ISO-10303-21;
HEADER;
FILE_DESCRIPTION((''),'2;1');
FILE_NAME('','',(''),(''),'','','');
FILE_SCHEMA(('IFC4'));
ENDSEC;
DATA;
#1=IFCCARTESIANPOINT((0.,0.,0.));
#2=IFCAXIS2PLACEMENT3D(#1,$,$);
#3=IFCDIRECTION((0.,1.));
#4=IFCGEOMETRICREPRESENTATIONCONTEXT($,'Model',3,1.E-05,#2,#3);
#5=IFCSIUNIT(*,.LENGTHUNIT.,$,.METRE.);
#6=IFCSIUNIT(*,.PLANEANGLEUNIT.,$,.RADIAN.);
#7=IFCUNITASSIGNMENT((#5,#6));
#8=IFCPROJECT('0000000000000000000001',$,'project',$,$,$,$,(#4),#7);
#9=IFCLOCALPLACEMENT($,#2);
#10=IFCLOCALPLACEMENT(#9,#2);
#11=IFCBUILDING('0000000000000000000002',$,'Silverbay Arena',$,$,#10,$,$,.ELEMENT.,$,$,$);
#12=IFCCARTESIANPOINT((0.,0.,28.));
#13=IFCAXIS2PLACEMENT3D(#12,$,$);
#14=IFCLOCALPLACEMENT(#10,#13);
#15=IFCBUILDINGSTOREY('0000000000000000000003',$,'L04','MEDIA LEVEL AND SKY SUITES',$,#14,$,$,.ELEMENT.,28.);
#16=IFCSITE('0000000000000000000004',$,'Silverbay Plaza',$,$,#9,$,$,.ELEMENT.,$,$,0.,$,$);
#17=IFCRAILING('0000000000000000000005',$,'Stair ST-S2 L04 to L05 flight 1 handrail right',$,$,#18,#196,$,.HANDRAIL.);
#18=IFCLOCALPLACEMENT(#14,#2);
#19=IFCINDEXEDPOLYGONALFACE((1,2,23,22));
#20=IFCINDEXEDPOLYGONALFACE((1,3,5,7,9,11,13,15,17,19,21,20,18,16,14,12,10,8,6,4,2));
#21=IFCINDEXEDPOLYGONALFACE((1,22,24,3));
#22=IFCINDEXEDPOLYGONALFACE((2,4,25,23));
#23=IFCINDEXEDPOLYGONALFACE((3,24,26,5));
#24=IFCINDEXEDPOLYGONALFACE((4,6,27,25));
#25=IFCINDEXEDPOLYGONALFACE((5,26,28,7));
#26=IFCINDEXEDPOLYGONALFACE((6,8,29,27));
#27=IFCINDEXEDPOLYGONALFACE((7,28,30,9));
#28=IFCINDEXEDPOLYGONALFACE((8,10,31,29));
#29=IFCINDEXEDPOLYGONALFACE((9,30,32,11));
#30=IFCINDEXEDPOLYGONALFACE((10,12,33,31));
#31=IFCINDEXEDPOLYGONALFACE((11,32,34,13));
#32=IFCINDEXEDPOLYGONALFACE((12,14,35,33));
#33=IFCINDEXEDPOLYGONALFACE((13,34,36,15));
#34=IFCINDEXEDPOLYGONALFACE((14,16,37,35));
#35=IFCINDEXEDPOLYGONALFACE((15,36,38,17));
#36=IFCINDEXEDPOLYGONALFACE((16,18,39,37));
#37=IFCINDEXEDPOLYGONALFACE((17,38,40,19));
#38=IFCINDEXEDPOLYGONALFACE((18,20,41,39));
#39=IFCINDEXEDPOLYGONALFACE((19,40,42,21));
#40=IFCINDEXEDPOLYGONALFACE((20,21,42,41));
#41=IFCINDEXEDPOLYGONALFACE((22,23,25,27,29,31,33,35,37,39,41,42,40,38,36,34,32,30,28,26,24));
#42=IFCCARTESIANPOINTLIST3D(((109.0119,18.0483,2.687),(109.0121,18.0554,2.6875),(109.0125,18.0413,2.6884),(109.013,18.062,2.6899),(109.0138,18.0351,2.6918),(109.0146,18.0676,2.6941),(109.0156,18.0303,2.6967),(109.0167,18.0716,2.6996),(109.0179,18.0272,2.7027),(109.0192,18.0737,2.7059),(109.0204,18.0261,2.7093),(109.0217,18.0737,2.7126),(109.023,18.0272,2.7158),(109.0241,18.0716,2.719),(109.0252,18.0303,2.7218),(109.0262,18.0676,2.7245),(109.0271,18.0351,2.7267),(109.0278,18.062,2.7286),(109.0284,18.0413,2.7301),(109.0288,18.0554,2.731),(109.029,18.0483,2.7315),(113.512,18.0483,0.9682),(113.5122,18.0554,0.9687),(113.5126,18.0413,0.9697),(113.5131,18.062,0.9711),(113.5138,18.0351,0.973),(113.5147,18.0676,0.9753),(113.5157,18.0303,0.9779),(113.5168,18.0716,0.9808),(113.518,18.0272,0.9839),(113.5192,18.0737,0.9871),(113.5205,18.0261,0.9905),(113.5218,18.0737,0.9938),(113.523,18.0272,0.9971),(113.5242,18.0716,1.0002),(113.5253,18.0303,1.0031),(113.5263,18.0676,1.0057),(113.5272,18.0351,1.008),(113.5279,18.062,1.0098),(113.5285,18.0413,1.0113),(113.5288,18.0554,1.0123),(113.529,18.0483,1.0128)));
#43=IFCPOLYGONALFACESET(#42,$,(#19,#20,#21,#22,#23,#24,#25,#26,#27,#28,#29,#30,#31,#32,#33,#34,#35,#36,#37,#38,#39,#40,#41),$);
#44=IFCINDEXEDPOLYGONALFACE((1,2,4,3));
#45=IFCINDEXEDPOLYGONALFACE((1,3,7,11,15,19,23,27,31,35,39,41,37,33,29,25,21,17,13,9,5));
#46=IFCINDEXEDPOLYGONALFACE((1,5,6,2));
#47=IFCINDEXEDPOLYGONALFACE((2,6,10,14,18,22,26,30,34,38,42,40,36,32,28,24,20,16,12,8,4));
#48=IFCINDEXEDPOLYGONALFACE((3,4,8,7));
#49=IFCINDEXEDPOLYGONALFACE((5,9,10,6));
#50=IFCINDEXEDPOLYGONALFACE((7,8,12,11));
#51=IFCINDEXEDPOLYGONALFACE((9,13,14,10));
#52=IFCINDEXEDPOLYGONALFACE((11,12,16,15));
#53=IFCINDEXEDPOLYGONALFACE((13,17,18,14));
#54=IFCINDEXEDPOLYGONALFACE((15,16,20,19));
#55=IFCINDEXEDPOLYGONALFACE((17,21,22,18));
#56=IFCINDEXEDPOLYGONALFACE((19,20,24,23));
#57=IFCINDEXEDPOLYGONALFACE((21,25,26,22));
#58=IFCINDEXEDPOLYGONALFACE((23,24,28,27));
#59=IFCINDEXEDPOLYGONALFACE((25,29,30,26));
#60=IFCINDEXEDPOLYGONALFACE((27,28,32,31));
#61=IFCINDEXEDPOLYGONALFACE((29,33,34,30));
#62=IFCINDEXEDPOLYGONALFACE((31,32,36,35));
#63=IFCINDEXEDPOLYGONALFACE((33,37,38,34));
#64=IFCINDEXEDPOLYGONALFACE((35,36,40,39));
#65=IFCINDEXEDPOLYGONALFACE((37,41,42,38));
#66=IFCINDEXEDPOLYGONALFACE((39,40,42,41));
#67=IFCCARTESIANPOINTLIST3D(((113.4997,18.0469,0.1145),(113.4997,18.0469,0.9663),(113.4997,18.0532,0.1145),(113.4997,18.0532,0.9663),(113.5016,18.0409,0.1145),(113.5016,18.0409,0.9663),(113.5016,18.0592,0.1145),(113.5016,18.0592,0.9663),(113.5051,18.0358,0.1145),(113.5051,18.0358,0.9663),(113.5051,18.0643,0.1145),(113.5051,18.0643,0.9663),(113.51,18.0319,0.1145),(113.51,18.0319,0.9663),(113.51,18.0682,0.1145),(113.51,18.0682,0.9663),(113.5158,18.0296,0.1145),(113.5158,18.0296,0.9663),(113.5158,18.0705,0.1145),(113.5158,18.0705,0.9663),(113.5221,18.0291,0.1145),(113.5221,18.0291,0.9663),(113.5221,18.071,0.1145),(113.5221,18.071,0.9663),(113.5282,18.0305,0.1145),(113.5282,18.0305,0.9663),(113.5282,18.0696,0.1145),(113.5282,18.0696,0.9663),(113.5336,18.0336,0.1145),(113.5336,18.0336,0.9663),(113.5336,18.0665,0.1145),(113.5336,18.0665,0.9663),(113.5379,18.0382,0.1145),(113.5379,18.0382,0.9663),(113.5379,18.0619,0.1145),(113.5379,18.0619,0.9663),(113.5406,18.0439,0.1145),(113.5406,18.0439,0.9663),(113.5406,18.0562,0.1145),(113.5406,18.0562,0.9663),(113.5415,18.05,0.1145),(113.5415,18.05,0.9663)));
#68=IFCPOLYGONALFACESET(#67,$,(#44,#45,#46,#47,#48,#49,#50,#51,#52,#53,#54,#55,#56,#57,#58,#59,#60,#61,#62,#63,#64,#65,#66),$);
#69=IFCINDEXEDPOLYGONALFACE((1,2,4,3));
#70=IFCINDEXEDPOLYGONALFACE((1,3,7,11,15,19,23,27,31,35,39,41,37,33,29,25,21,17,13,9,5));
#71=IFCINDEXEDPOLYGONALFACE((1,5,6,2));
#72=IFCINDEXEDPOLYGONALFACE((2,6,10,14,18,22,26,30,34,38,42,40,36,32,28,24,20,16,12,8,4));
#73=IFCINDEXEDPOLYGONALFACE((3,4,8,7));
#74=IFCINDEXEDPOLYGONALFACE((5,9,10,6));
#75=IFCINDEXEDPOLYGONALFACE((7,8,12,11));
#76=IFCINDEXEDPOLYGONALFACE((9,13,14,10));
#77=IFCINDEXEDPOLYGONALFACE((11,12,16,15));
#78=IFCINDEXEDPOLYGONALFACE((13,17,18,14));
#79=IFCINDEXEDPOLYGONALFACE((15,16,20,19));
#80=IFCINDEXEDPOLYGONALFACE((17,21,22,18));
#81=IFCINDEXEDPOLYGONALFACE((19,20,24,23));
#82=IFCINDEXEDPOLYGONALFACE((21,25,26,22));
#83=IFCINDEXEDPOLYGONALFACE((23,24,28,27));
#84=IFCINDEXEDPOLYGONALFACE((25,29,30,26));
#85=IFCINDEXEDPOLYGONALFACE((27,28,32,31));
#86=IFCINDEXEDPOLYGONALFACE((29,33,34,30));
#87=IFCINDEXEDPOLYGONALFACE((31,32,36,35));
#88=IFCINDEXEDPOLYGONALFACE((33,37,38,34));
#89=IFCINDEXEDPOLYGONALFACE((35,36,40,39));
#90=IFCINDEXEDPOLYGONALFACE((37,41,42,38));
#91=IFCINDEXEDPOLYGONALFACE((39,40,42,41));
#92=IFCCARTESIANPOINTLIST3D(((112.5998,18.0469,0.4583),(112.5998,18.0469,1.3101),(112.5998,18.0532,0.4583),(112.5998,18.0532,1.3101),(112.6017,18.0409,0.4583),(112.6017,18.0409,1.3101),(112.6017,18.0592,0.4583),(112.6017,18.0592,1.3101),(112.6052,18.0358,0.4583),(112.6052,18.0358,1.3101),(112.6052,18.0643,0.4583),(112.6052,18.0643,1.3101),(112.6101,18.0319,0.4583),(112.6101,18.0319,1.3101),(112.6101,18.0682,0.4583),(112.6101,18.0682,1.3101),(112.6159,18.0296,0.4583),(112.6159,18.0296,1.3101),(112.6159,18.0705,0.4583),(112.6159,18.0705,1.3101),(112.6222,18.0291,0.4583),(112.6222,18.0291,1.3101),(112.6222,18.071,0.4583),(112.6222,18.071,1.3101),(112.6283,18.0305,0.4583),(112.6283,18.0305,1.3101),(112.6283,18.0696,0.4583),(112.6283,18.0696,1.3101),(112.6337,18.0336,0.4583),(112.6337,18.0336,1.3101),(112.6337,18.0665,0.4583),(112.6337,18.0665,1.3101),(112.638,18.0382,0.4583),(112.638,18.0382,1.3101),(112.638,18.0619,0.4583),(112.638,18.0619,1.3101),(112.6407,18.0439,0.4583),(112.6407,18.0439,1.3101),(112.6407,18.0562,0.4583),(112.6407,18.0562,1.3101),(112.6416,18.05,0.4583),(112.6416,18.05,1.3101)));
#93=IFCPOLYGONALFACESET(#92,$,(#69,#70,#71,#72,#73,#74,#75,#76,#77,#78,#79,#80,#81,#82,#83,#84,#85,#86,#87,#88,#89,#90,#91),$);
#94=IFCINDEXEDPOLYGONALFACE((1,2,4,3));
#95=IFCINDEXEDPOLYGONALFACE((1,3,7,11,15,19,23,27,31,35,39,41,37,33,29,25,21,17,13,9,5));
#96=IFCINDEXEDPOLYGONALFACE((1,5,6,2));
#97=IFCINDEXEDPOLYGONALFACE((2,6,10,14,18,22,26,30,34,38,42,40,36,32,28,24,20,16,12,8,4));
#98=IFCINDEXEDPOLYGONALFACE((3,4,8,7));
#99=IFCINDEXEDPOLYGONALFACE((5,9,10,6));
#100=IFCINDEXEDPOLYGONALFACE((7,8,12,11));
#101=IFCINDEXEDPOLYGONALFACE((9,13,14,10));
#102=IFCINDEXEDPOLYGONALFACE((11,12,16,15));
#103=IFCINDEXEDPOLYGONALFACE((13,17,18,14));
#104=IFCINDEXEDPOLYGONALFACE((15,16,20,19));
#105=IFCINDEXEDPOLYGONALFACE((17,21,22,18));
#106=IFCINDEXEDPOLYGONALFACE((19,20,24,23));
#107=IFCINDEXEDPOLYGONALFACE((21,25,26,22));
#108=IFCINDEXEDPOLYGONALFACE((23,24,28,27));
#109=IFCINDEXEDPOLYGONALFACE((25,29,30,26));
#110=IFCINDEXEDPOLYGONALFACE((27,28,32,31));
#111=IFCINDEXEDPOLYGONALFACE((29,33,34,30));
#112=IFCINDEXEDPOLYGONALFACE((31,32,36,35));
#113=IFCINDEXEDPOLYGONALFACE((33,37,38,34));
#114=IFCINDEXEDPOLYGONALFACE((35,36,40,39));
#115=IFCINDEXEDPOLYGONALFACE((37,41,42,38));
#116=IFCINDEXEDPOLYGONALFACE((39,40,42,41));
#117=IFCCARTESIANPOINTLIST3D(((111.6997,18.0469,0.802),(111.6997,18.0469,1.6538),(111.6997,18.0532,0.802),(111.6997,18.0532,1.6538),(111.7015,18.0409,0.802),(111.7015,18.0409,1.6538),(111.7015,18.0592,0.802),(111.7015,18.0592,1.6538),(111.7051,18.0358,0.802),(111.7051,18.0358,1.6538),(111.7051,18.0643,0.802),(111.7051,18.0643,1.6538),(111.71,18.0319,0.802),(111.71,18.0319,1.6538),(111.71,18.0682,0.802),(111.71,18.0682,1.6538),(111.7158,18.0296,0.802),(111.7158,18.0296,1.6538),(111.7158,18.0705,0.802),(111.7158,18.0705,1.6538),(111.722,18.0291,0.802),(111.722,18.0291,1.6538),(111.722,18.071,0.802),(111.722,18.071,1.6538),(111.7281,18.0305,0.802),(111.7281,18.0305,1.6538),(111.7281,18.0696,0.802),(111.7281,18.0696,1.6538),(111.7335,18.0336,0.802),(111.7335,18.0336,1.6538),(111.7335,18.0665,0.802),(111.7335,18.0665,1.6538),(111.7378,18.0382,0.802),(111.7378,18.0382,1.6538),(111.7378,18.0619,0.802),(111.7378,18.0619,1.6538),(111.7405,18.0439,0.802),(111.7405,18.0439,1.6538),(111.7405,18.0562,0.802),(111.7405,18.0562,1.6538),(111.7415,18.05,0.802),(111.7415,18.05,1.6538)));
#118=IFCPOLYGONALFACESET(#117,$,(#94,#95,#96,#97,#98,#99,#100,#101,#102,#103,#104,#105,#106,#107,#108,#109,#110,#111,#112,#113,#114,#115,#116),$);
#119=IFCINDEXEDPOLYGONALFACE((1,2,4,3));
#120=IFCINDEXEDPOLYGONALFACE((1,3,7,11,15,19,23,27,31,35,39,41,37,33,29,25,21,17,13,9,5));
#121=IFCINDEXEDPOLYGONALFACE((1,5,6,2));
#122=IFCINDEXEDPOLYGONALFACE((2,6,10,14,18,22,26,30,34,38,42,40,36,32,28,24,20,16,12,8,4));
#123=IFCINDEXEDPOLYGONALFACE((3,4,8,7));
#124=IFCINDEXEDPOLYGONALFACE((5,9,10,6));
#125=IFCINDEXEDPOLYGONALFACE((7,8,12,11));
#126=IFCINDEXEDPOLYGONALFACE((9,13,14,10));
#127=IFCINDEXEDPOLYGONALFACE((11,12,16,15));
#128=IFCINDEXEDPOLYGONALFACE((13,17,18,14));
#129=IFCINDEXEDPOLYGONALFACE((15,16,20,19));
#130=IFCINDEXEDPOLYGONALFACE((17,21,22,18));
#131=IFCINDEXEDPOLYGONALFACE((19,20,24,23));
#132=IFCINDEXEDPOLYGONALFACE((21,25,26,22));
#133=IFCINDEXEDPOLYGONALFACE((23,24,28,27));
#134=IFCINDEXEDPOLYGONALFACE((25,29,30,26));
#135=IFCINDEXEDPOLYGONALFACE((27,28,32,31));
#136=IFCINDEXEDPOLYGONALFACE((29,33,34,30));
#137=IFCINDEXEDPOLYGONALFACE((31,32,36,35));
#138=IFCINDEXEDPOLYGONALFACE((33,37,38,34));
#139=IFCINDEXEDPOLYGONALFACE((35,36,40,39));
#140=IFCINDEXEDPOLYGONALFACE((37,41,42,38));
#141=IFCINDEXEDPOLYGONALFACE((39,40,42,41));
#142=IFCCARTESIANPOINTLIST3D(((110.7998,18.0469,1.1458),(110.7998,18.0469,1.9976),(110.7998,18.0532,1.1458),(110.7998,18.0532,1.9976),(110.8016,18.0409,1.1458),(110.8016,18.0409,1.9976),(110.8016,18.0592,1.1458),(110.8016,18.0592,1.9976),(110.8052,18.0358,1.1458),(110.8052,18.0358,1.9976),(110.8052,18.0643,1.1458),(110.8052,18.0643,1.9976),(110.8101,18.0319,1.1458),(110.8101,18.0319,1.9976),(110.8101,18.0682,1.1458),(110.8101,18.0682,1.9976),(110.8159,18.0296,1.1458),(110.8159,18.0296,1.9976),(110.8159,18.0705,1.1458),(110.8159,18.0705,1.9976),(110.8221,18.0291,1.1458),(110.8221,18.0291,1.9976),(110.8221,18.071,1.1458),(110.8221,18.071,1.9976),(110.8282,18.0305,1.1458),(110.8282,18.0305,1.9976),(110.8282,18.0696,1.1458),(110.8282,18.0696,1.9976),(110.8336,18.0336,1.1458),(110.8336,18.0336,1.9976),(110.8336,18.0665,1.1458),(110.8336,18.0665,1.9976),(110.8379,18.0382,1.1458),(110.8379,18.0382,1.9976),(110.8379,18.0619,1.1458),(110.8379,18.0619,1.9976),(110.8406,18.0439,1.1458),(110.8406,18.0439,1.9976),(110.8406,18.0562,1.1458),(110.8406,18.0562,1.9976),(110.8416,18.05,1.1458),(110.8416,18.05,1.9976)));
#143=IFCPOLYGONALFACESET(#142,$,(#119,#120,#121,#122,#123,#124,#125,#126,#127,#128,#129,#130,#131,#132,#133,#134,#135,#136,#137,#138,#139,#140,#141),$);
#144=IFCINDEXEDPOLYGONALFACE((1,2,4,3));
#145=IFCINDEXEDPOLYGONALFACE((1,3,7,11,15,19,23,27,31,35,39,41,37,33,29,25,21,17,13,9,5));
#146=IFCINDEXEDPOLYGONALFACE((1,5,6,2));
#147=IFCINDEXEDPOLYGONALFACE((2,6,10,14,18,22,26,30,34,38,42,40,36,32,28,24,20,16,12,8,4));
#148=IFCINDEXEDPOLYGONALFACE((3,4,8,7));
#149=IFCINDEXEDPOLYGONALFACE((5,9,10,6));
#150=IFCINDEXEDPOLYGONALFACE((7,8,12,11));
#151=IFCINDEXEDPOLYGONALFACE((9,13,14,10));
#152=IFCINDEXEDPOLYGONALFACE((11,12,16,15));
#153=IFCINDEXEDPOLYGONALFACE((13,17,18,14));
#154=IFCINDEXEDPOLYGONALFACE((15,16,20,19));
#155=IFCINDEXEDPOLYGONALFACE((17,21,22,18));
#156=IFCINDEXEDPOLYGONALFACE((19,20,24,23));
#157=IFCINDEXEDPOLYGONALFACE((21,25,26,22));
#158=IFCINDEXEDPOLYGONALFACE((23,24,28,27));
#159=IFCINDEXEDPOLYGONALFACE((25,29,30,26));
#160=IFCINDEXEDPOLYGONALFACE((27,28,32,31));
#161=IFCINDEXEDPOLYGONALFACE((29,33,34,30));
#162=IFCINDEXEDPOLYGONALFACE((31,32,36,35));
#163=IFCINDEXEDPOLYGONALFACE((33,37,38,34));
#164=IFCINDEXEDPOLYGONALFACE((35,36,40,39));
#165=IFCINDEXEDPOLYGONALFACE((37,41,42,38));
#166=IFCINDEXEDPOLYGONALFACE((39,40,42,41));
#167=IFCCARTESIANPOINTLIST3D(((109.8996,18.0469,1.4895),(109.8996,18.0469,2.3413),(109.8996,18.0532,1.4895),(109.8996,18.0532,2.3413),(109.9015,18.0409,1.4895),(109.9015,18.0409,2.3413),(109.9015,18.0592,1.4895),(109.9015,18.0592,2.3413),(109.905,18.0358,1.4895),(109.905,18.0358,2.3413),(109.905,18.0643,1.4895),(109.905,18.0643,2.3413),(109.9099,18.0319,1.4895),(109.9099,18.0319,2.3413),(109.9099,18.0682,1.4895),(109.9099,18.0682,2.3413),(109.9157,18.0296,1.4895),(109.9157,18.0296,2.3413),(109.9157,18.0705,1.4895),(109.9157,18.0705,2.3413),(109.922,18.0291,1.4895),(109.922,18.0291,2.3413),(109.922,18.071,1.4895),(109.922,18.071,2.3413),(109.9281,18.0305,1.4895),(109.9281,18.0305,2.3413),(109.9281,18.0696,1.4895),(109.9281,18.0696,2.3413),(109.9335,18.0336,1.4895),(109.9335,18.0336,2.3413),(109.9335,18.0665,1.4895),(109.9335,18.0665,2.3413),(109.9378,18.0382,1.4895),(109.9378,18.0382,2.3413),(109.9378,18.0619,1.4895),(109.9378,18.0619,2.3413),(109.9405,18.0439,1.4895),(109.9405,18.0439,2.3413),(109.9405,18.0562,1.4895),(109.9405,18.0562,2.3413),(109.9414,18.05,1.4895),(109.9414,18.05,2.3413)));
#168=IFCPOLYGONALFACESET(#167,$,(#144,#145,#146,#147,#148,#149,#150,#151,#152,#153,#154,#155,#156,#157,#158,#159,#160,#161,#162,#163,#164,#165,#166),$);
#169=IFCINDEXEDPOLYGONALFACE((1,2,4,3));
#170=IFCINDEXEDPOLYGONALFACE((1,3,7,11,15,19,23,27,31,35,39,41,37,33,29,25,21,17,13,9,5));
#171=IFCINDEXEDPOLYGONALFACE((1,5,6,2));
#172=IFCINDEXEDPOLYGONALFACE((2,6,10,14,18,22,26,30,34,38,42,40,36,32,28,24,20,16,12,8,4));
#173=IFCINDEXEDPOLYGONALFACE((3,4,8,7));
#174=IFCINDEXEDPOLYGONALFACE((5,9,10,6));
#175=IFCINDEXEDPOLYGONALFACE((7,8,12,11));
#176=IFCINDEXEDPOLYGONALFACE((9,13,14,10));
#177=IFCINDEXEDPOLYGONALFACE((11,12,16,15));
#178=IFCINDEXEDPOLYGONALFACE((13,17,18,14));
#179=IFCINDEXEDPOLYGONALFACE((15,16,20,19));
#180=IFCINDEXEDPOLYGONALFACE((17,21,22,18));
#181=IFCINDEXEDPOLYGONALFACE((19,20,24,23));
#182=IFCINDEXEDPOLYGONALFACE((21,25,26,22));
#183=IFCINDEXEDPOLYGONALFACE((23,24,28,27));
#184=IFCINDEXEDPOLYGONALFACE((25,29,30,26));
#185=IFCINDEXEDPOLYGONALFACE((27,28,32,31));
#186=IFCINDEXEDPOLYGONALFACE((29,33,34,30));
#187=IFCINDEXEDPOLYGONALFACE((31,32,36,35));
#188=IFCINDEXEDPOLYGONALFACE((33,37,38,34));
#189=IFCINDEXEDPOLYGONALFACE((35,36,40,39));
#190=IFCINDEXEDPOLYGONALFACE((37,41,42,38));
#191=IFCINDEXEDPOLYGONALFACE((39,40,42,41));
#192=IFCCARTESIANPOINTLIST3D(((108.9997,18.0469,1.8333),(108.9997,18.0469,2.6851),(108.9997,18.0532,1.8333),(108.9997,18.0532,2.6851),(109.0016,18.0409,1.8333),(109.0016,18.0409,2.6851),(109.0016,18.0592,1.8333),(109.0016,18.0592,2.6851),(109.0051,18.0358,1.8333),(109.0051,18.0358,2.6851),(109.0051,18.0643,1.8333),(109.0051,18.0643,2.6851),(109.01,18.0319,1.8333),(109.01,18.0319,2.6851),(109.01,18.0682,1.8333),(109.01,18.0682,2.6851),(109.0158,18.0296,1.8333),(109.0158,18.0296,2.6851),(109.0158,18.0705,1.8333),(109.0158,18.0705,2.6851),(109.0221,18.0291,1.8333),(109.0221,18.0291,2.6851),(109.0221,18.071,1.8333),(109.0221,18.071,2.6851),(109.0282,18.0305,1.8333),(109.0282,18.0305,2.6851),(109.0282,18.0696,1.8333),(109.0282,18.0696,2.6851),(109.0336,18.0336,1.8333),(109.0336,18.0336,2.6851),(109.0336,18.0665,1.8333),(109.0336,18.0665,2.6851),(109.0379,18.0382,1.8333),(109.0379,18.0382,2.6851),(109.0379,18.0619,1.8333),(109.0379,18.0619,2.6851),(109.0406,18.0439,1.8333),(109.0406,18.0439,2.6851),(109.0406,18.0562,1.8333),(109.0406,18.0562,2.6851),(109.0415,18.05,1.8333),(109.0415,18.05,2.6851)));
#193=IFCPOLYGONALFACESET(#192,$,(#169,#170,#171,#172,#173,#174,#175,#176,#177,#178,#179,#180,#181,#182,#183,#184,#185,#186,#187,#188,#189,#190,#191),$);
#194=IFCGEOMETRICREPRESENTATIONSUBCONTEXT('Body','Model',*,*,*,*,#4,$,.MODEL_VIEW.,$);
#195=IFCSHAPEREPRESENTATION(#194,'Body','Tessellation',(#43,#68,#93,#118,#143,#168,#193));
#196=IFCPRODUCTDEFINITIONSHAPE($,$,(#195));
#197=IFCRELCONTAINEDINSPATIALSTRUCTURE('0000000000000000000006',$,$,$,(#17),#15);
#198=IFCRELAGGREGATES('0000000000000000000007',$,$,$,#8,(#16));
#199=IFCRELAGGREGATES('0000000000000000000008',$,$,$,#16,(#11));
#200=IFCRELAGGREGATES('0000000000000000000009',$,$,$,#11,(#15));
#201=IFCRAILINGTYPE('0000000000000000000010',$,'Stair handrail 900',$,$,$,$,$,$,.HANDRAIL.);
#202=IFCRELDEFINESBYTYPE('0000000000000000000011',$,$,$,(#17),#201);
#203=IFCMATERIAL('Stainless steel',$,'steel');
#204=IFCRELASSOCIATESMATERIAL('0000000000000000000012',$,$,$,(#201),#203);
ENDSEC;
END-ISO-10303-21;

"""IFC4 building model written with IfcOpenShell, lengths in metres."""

from ifc_helpers import new_model, si_unit, direction, frame, origin, origin_2d, place, context, subcontext, project, spatial, circle, extrude, material, type_object, element, save


model = new_model("IFC4")

# Units and contexts
model_context = context("Model", 3, precision=1e-05, world=origin(), true_north=direction((0.0, 1.0)))
body_context = subcontext(model_context, "Body", "Model", "MODEL_VIEW")
ifc_project = project(units=[si_unit("LENGTHUNIT", "METRE"), si_unit("PLANEANGLEUNIT", "RADIAN")], contexts=[model_context])

# Site, building, storey
site_placement = place(None, origin())
site = spatial("IfcSite", under=ifc_project, at=site_placement, Name="Silverbay Plaza", CompositionType="ELEMENT", RefElevation=0.0)
building_placement = place(site_placement, origin())
building = spatial("IfcBuilding", under=site, at=building_placement, Name="Silverbay Arena", CompositionType="ELEMENT")
storey_placement = place(building_placement, frame((0.0, 0.0, 28.0)))
storey = spatial("IfcBuildingStorey", under=building, at=storey_placement, Name="L04", Description="MEDIA LEVEL AND SKY SUITES", CompositionType="ELEMENT", Elevation=28.0)

# Railing
ifc_material_1 = material(Name="Stainless steel", Category="steel")
railing_type_1 = type_object("IfcRailingType", Name="Stair handrail 900", PredefinedType="HANDRAIL", material=ifc_material_1)
for number, where, name in (
    (1, (113.5205, 18.05, 0.1145), "Stair ST-S2 L04 to L05 flight 1 handrail right"),
):
    element("IfcRailing", number, at=place(storey_placement, frame(where)), inside=storey, type_object=railing_type_1, Name=name, PredefinedType="HANDRAIL", context=body_context, shape_type="SweptSolid", body=[
        extrude(circle(Radius=0.0239, at=origin_2d()), frame((0.0, 0.0, 0.876), z_axis=(-0.934179, 0.0, 0.356805), x_axis=(0.0, -1.0, 0.0)), (0.0, 0.0, 1.0), 4.8171),
        extrude(circle(Radius=0.021, at=origin_2d()), origin(), (0.0, 0.0, 1.0), 0.8518),
        extrude(circle(Radius=0.021, at=origin_2d()), frame((-0.8999, 0.0, 0.3438)), (0.0, 0.0, 1.0), 0.8518),
        extrude(circle(Radius=0.021, at=origin_2d()), frame((-1.8, 0.0, 0.6875)), (0.0, 0.0, 1.0), 0.8518),
        extrude(circle(Radius=0.021, at=origin_2d()), frame((-2.7, 0.0, 1.0312)), (0.0, 0.0, 1.0), 0.8518),
        extrude(circle(Radius=0.021, at=origin_2d()), frame((-3.6001, 0.0, 1.375)), (0.0, 0.0, 1.0), 0.8518),
        extrude(circle(Radius=0.021, at=origin_2d()), frame((-4.5, 0.0, 1.7188)), (0.0, 0.0, 1.0), 0.8518),
    ])

save(model, "model.ifc")
